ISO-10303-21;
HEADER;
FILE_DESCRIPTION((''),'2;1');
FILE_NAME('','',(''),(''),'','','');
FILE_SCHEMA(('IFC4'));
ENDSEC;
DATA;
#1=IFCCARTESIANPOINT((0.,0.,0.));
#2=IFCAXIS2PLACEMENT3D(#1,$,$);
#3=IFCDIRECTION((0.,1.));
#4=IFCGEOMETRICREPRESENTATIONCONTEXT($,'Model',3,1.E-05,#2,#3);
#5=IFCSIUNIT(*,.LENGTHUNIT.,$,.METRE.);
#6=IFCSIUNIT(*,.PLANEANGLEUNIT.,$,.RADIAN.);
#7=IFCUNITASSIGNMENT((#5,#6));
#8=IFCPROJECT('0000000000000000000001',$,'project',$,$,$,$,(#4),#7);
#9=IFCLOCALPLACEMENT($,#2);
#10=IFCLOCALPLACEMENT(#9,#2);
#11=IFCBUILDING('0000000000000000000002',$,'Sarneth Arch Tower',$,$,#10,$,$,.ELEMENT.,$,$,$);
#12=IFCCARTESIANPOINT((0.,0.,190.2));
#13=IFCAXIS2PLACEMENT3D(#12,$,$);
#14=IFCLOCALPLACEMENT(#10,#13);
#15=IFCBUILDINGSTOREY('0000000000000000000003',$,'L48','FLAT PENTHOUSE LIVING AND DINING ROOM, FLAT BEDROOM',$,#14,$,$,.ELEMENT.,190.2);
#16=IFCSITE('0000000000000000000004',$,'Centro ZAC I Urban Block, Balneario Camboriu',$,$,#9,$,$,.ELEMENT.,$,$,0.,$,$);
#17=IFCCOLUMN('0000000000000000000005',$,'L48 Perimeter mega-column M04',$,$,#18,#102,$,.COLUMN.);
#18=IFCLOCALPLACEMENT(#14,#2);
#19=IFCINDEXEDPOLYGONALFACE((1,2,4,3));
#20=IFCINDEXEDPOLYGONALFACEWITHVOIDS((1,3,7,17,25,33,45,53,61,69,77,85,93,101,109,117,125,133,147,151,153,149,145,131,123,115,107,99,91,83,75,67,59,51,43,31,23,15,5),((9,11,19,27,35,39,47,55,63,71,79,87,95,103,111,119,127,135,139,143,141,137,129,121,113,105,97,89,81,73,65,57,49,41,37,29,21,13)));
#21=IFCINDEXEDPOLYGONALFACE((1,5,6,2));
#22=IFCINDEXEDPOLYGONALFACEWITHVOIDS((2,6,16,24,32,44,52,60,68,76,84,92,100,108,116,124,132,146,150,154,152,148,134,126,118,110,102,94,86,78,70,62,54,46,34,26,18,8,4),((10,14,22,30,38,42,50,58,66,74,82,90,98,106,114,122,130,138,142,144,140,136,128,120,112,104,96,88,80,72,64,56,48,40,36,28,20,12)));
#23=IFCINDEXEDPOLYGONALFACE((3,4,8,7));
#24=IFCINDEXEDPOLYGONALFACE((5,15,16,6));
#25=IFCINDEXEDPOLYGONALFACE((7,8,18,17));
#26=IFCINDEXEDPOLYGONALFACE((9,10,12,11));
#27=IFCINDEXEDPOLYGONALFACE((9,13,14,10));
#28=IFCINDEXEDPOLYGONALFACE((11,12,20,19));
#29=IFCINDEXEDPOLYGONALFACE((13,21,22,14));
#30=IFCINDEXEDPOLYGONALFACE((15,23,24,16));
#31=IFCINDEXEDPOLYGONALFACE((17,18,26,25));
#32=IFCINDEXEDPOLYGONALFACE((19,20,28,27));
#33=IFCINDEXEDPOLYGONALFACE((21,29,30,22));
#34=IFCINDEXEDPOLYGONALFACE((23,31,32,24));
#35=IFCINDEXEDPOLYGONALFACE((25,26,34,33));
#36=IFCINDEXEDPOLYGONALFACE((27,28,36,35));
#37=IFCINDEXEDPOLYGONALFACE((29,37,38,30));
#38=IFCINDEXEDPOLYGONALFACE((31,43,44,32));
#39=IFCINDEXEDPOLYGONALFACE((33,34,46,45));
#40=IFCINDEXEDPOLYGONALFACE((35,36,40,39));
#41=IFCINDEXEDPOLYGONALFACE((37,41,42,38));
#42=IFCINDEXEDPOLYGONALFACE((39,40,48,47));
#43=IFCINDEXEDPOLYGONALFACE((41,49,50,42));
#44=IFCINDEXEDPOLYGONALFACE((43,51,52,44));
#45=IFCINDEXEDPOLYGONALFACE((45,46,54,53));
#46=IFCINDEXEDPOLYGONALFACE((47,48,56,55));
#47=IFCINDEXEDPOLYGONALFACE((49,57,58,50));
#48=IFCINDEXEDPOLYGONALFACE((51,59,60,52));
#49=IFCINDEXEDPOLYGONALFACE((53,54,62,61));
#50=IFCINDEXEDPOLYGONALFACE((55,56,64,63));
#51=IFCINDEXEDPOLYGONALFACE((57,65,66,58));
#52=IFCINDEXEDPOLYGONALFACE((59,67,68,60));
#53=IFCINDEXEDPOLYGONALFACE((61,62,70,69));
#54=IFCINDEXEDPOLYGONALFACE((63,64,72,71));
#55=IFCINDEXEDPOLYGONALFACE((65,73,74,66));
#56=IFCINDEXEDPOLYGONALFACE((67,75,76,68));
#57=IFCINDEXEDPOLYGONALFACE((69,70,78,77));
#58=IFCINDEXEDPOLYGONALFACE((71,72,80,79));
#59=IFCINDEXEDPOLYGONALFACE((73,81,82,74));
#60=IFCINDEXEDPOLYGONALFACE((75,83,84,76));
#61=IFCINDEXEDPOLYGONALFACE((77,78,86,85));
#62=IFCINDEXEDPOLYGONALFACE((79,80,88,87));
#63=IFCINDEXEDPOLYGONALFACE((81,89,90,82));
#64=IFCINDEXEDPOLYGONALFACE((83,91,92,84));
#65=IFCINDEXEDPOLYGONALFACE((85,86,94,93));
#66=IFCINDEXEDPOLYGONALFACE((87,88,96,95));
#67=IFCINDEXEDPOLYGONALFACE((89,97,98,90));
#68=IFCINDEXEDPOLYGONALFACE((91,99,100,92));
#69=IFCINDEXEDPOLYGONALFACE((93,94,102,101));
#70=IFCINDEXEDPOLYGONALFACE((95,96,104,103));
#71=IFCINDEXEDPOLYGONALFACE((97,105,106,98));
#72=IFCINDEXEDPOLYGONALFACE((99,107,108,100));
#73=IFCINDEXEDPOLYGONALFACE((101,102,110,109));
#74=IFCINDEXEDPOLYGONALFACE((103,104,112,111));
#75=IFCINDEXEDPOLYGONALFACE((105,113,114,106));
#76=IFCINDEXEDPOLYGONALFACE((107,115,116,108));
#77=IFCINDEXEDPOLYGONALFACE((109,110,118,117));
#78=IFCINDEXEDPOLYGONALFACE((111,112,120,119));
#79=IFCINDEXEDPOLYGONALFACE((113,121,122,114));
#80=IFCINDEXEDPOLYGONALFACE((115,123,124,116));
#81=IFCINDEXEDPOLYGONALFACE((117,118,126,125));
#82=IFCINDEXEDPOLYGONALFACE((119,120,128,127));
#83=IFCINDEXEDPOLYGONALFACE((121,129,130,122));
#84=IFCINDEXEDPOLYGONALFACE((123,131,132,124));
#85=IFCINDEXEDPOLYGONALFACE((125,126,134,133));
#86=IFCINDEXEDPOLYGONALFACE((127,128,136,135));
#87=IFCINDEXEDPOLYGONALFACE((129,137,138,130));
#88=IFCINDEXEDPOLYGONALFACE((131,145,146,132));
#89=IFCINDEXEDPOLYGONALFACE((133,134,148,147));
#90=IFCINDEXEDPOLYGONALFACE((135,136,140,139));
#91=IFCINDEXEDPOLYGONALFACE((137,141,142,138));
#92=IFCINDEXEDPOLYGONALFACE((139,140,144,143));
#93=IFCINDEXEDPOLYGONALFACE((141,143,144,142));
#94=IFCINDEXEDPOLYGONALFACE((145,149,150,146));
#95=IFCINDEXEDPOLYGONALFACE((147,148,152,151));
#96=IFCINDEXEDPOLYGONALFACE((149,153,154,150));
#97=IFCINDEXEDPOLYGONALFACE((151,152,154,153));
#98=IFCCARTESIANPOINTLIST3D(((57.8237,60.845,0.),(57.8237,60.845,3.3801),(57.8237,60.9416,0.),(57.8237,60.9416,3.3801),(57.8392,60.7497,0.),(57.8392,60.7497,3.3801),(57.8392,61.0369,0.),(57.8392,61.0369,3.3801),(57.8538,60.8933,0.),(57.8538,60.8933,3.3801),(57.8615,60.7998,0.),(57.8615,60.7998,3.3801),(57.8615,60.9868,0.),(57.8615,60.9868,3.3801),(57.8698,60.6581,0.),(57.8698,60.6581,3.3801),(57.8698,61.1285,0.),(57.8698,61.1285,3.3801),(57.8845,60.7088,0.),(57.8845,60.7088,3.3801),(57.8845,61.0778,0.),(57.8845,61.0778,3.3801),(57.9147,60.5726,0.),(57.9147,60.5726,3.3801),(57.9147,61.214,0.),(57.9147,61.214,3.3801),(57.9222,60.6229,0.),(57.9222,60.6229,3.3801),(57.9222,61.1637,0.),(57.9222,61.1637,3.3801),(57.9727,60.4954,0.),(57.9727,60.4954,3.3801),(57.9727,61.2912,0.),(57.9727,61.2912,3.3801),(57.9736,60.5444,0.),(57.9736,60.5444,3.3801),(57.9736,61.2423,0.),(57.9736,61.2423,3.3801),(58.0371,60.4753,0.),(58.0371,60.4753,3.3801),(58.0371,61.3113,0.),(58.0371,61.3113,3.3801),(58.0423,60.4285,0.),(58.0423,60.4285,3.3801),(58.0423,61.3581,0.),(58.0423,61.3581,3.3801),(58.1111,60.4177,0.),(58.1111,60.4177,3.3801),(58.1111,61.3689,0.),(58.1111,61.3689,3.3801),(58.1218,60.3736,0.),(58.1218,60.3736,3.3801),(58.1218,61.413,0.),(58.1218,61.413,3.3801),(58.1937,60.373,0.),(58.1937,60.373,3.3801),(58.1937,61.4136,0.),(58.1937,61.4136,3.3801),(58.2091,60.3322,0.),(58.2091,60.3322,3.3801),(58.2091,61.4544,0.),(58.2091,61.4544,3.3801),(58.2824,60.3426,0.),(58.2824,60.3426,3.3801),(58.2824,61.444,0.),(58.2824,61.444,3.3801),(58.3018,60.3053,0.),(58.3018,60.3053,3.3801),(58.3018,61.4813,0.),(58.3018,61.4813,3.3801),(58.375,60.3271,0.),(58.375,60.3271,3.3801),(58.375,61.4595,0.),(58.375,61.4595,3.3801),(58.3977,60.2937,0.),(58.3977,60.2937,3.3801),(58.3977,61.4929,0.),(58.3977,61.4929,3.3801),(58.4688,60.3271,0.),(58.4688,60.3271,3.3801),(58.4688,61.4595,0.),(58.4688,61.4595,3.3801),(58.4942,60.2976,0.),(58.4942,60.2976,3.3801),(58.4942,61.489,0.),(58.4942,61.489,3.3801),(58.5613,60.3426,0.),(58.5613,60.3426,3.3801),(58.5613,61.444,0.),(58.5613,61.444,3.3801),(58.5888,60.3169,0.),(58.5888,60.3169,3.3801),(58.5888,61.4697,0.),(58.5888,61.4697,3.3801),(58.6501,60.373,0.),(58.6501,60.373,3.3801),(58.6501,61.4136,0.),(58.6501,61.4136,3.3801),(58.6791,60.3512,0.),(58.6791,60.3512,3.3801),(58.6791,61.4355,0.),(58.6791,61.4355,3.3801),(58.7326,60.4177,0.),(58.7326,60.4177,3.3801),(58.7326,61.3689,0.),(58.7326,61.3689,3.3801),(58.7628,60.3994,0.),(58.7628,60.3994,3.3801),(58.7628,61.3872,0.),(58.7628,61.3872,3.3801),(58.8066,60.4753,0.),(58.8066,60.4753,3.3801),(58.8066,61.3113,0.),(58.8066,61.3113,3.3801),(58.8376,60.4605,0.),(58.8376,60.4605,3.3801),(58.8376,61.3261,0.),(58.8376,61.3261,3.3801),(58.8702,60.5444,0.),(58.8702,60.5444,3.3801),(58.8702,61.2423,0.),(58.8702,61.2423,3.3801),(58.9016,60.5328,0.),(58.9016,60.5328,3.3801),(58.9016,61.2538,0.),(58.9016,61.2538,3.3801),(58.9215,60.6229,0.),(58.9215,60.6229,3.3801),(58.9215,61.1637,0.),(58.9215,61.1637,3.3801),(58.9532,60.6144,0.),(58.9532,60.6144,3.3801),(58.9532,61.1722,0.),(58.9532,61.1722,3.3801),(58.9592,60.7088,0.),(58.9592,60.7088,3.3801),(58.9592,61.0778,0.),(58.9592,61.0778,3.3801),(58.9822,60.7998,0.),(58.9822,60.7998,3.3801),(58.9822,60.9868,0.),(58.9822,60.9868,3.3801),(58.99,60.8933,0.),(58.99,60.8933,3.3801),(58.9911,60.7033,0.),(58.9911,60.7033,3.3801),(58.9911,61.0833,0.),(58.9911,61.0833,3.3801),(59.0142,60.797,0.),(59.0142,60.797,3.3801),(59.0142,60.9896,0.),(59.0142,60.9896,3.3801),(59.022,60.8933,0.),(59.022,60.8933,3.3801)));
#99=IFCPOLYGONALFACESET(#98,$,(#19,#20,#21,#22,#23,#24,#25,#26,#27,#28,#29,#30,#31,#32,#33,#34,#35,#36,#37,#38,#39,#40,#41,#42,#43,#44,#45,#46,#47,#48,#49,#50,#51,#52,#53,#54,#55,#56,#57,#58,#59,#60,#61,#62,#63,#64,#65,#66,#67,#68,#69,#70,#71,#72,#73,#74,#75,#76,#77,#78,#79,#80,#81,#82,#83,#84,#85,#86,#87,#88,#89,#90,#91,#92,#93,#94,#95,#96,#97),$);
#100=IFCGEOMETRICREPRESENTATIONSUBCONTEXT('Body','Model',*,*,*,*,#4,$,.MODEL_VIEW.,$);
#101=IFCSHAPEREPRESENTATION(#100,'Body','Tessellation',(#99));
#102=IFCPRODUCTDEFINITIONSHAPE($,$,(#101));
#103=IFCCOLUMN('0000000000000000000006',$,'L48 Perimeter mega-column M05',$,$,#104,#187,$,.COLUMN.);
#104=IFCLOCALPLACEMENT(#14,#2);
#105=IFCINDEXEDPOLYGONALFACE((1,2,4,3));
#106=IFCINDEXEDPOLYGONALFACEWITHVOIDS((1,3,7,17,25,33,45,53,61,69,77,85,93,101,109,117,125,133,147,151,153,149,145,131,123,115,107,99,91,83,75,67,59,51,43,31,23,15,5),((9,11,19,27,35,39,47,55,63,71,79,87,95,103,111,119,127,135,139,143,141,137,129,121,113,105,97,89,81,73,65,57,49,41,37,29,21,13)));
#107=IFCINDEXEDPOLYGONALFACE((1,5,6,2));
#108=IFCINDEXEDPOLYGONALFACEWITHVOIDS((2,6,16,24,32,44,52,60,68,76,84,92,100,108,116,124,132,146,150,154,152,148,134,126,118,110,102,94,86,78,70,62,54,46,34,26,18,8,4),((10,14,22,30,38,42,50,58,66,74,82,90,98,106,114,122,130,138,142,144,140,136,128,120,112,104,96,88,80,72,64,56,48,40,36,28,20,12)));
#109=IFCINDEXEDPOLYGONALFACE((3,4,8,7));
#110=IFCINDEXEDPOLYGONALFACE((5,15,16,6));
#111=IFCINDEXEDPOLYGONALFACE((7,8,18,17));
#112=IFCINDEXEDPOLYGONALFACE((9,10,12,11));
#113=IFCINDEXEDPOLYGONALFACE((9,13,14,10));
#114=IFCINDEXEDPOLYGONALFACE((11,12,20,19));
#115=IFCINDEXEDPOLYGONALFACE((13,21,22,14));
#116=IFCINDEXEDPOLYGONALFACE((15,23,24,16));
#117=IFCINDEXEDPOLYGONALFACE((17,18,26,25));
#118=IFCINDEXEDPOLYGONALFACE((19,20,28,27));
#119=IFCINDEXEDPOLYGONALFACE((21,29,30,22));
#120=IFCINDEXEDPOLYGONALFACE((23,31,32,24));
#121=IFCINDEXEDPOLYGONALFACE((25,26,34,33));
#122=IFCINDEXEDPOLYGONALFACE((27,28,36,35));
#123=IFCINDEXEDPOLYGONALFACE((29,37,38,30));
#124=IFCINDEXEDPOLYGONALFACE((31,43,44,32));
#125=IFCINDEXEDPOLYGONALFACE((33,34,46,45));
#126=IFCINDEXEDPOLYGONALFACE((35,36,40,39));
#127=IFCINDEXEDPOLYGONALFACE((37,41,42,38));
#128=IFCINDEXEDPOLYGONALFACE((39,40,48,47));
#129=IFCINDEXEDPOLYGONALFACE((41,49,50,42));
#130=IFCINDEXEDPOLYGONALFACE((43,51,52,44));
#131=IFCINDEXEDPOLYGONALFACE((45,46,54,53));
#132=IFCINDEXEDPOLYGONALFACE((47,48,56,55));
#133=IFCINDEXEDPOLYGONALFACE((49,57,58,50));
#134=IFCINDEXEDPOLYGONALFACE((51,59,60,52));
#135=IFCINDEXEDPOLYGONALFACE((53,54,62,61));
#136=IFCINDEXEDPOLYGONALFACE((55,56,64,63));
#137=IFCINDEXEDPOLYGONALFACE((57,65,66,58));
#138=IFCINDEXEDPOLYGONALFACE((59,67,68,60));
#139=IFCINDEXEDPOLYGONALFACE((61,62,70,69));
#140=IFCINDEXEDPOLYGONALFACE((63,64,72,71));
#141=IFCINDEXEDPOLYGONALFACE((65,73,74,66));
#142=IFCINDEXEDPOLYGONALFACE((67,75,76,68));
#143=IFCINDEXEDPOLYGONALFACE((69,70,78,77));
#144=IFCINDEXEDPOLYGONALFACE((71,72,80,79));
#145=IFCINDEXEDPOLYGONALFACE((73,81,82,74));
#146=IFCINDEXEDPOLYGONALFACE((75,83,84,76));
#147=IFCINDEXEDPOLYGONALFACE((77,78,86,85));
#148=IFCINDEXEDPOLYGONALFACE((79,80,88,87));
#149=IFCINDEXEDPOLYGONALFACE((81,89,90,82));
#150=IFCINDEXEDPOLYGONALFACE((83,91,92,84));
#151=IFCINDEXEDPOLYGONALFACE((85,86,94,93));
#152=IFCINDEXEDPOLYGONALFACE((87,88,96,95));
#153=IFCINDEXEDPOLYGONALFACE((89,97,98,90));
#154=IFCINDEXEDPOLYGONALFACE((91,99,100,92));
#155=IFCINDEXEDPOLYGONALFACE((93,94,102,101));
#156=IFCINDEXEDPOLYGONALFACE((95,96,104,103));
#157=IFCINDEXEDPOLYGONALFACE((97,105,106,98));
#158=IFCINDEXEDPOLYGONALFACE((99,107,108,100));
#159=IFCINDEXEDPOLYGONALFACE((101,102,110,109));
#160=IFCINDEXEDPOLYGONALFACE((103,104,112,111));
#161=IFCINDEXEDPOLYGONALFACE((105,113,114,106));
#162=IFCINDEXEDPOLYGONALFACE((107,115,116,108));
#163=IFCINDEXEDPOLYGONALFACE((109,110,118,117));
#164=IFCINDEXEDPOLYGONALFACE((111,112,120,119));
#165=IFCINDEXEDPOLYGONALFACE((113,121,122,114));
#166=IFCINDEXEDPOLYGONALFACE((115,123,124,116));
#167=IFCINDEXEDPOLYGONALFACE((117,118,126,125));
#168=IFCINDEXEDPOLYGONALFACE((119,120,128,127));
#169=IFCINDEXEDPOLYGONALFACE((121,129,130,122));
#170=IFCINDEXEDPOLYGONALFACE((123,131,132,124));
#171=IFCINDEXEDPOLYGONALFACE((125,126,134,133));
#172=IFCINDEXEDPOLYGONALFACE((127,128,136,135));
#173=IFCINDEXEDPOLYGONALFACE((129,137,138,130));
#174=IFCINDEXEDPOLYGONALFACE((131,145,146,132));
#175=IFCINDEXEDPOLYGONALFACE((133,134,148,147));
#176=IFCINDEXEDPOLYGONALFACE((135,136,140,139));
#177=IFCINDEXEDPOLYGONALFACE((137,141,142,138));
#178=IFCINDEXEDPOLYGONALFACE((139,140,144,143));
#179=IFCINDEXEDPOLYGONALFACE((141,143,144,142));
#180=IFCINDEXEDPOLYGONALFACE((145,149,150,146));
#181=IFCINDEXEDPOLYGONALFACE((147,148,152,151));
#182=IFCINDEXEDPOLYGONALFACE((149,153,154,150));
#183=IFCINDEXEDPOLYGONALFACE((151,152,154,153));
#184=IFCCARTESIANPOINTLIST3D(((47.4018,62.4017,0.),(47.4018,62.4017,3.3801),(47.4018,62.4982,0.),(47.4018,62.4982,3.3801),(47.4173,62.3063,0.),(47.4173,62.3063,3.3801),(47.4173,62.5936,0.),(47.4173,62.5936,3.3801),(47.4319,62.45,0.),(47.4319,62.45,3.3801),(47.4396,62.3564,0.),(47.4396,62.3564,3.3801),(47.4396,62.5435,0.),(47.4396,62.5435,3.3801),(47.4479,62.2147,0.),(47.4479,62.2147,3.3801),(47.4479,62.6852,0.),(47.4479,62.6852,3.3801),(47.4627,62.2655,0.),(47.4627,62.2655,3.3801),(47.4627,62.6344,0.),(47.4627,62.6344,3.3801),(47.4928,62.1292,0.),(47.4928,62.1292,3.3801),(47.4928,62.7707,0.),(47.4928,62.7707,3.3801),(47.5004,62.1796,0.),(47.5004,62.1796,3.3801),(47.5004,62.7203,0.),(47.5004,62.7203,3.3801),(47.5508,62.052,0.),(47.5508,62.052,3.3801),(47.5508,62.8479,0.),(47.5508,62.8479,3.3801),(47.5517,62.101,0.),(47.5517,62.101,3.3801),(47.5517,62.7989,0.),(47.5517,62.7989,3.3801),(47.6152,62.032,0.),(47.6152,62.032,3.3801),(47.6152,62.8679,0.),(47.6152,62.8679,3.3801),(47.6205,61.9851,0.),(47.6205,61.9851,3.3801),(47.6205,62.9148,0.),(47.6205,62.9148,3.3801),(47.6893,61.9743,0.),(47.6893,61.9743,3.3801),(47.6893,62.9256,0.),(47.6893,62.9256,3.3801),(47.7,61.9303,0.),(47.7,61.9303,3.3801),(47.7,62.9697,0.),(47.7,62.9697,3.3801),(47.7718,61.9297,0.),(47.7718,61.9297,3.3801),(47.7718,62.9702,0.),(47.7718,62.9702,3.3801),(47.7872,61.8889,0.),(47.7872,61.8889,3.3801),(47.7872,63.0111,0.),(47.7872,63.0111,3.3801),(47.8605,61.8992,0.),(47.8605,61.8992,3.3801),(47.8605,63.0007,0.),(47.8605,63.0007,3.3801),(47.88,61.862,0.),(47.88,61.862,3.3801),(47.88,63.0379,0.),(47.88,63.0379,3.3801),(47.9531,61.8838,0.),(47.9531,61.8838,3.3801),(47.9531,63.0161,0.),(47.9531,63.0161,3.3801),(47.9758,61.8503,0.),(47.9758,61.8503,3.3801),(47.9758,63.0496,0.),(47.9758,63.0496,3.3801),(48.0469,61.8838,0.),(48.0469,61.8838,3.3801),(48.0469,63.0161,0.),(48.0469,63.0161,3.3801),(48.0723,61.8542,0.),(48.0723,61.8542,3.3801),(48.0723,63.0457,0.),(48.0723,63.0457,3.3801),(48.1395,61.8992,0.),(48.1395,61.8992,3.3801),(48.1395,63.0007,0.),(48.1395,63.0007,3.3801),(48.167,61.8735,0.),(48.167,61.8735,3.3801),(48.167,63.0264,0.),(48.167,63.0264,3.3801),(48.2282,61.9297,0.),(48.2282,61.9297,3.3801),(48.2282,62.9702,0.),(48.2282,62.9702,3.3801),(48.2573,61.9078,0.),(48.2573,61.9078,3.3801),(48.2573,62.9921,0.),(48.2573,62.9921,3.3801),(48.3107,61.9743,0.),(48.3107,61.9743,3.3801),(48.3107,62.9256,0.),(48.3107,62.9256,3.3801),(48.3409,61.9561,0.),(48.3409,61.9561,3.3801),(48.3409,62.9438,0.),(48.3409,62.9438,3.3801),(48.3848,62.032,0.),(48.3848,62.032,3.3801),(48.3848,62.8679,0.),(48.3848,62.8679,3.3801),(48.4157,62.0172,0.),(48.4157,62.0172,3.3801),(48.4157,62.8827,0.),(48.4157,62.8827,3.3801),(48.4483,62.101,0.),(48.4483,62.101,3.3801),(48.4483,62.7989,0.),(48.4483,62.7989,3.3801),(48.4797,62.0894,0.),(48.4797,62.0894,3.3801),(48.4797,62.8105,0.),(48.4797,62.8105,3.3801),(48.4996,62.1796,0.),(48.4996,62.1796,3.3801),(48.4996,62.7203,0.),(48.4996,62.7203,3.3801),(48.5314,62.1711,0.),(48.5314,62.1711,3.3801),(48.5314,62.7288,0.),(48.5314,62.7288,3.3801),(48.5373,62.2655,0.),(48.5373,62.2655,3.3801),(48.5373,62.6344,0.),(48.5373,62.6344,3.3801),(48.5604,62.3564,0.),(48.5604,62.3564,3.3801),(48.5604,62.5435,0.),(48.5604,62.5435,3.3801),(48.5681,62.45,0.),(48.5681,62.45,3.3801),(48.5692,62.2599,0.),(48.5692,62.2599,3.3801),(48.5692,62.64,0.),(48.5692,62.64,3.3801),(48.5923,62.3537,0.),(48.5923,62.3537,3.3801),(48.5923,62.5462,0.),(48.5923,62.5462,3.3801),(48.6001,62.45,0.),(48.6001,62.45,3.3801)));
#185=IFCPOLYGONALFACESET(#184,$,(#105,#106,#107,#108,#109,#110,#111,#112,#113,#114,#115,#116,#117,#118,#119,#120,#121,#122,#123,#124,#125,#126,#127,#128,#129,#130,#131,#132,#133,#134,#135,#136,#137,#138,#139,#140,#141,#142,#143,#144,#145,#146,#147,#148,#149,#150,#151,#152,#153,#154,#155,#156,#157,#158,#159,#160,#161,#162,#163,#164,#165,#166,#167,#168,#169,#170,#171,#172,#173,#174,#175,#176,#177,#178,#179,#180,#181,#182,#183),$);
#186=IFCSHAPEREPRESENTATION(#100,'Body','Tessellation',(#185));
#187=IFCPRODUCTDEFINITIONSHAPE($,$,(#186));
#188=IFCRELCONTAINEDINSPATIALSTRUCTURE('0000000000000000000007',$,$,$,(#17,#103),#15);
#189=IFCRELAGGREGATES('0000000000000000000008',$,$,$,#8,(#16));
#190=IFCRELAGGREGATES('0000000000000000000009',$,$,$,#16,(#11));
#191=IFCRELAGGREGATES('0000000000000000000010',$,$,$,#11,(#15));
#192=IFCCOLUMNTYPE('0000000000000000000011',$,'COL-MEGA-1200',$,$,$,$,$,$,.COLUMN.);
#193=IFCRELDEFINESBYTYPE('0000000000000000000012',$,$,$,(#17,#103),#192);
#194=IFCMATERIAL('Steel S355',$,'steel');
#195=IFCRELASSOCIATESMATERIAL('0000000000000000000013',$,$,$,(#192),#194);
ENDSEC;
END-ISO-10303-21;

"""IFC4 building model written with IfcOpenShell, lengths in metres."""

from ifc_helpers import new_model, si_unit, direction, frame, origin, origin_2d, place, context, subcontext, project, spatial, hollow_circle, extrude, material, material_profile, profile_set, type_object, element, save


model = new_model("IFC4")

# Units and contexts
model_context = context("Model", 3, precision=1e-05, world=origin(), true_north=direction((0.0, 1.0)))
body_context = subcontext(model_context, "Body", "Model", "MODEL_VIEW")
ifc_project = project(units=[si_unit("LENGTHUNIT", "METRE"), si_unit("PLANEANGLEUNIT", "RADIAN")], contexts=[model_context])

# Site, building, storey
site_placement = place(None, origin())
site = spatial("IfcSite", under=ifc_project, at=site_placement, Name="Centro ZAC I Urban Block, Balneario Camboriu", CompositionType="ELEMENT", RefElevation=0.0)
building_placement = place(site_placement, origin())
building = spatial("IfcBuilding", under=site, at=building_placement, Name="Sarneth Arch Tower", CompositionType="ELEMENT")
storey_placement = place(building_placement, frame((0.0, 0.0, 190.2)))
storey = spatial("IfcBuildingStorey", under=building, at=storey_placement, Name="L48", Description="FLAT PENTHOUSE LIVING AND DINING ROOM, FLAT BEDROOM", CompositionType="ELEMENT", Elevation=190.2)

# Columns
ifc_material_1 = material(Name="Steel S355", Category="steel")
ifc_material_profile_1 = material_profile(ifc_material_1, hollow_circle(Radius=0.6001, WallThickness=0.032, at=origin_2d()), Name="CHS1200x32")
ifc_profile_set_1 = profile_set([ifc_material_profile_1], Name="Steel S355")
column_type = type_object("IfcColumnType", Name="COL-MEGA-1200", PredefinedType="COLUMN", material=ifc_profile_set_1)
for number, where, z_axis, x_axis, name in (
    (1, (58.4219, 60.8933, 0.0), (0.0, 0.0, 1.0), (1.0, 0.0, 0.0), "L48 Perimeter mega-column M04"),
    (2, (48.0, 62.45, 0.0), (0.0, 0.0, 1.0), (1.0, 0.0, 0.0), "L48 Perimeter mega-column M05"),
):
    element("IfcColumn", number, at=place(storey_placement, frame(where, z_axis=z_axis, x_axis=x_axis)), inside=storey, type_object=column_type, Name=name, PredefinedType="COLUMN", context=body_context, shape_type="SweptSolid", body=[
        extrude(hollow_circle(Radius=0.6001, WallThickness=0.032, at=origin_2d()), origin(), (0.0, 0.0, 1.0), 3.3801),
    ])

save(model, "model.ifc")
